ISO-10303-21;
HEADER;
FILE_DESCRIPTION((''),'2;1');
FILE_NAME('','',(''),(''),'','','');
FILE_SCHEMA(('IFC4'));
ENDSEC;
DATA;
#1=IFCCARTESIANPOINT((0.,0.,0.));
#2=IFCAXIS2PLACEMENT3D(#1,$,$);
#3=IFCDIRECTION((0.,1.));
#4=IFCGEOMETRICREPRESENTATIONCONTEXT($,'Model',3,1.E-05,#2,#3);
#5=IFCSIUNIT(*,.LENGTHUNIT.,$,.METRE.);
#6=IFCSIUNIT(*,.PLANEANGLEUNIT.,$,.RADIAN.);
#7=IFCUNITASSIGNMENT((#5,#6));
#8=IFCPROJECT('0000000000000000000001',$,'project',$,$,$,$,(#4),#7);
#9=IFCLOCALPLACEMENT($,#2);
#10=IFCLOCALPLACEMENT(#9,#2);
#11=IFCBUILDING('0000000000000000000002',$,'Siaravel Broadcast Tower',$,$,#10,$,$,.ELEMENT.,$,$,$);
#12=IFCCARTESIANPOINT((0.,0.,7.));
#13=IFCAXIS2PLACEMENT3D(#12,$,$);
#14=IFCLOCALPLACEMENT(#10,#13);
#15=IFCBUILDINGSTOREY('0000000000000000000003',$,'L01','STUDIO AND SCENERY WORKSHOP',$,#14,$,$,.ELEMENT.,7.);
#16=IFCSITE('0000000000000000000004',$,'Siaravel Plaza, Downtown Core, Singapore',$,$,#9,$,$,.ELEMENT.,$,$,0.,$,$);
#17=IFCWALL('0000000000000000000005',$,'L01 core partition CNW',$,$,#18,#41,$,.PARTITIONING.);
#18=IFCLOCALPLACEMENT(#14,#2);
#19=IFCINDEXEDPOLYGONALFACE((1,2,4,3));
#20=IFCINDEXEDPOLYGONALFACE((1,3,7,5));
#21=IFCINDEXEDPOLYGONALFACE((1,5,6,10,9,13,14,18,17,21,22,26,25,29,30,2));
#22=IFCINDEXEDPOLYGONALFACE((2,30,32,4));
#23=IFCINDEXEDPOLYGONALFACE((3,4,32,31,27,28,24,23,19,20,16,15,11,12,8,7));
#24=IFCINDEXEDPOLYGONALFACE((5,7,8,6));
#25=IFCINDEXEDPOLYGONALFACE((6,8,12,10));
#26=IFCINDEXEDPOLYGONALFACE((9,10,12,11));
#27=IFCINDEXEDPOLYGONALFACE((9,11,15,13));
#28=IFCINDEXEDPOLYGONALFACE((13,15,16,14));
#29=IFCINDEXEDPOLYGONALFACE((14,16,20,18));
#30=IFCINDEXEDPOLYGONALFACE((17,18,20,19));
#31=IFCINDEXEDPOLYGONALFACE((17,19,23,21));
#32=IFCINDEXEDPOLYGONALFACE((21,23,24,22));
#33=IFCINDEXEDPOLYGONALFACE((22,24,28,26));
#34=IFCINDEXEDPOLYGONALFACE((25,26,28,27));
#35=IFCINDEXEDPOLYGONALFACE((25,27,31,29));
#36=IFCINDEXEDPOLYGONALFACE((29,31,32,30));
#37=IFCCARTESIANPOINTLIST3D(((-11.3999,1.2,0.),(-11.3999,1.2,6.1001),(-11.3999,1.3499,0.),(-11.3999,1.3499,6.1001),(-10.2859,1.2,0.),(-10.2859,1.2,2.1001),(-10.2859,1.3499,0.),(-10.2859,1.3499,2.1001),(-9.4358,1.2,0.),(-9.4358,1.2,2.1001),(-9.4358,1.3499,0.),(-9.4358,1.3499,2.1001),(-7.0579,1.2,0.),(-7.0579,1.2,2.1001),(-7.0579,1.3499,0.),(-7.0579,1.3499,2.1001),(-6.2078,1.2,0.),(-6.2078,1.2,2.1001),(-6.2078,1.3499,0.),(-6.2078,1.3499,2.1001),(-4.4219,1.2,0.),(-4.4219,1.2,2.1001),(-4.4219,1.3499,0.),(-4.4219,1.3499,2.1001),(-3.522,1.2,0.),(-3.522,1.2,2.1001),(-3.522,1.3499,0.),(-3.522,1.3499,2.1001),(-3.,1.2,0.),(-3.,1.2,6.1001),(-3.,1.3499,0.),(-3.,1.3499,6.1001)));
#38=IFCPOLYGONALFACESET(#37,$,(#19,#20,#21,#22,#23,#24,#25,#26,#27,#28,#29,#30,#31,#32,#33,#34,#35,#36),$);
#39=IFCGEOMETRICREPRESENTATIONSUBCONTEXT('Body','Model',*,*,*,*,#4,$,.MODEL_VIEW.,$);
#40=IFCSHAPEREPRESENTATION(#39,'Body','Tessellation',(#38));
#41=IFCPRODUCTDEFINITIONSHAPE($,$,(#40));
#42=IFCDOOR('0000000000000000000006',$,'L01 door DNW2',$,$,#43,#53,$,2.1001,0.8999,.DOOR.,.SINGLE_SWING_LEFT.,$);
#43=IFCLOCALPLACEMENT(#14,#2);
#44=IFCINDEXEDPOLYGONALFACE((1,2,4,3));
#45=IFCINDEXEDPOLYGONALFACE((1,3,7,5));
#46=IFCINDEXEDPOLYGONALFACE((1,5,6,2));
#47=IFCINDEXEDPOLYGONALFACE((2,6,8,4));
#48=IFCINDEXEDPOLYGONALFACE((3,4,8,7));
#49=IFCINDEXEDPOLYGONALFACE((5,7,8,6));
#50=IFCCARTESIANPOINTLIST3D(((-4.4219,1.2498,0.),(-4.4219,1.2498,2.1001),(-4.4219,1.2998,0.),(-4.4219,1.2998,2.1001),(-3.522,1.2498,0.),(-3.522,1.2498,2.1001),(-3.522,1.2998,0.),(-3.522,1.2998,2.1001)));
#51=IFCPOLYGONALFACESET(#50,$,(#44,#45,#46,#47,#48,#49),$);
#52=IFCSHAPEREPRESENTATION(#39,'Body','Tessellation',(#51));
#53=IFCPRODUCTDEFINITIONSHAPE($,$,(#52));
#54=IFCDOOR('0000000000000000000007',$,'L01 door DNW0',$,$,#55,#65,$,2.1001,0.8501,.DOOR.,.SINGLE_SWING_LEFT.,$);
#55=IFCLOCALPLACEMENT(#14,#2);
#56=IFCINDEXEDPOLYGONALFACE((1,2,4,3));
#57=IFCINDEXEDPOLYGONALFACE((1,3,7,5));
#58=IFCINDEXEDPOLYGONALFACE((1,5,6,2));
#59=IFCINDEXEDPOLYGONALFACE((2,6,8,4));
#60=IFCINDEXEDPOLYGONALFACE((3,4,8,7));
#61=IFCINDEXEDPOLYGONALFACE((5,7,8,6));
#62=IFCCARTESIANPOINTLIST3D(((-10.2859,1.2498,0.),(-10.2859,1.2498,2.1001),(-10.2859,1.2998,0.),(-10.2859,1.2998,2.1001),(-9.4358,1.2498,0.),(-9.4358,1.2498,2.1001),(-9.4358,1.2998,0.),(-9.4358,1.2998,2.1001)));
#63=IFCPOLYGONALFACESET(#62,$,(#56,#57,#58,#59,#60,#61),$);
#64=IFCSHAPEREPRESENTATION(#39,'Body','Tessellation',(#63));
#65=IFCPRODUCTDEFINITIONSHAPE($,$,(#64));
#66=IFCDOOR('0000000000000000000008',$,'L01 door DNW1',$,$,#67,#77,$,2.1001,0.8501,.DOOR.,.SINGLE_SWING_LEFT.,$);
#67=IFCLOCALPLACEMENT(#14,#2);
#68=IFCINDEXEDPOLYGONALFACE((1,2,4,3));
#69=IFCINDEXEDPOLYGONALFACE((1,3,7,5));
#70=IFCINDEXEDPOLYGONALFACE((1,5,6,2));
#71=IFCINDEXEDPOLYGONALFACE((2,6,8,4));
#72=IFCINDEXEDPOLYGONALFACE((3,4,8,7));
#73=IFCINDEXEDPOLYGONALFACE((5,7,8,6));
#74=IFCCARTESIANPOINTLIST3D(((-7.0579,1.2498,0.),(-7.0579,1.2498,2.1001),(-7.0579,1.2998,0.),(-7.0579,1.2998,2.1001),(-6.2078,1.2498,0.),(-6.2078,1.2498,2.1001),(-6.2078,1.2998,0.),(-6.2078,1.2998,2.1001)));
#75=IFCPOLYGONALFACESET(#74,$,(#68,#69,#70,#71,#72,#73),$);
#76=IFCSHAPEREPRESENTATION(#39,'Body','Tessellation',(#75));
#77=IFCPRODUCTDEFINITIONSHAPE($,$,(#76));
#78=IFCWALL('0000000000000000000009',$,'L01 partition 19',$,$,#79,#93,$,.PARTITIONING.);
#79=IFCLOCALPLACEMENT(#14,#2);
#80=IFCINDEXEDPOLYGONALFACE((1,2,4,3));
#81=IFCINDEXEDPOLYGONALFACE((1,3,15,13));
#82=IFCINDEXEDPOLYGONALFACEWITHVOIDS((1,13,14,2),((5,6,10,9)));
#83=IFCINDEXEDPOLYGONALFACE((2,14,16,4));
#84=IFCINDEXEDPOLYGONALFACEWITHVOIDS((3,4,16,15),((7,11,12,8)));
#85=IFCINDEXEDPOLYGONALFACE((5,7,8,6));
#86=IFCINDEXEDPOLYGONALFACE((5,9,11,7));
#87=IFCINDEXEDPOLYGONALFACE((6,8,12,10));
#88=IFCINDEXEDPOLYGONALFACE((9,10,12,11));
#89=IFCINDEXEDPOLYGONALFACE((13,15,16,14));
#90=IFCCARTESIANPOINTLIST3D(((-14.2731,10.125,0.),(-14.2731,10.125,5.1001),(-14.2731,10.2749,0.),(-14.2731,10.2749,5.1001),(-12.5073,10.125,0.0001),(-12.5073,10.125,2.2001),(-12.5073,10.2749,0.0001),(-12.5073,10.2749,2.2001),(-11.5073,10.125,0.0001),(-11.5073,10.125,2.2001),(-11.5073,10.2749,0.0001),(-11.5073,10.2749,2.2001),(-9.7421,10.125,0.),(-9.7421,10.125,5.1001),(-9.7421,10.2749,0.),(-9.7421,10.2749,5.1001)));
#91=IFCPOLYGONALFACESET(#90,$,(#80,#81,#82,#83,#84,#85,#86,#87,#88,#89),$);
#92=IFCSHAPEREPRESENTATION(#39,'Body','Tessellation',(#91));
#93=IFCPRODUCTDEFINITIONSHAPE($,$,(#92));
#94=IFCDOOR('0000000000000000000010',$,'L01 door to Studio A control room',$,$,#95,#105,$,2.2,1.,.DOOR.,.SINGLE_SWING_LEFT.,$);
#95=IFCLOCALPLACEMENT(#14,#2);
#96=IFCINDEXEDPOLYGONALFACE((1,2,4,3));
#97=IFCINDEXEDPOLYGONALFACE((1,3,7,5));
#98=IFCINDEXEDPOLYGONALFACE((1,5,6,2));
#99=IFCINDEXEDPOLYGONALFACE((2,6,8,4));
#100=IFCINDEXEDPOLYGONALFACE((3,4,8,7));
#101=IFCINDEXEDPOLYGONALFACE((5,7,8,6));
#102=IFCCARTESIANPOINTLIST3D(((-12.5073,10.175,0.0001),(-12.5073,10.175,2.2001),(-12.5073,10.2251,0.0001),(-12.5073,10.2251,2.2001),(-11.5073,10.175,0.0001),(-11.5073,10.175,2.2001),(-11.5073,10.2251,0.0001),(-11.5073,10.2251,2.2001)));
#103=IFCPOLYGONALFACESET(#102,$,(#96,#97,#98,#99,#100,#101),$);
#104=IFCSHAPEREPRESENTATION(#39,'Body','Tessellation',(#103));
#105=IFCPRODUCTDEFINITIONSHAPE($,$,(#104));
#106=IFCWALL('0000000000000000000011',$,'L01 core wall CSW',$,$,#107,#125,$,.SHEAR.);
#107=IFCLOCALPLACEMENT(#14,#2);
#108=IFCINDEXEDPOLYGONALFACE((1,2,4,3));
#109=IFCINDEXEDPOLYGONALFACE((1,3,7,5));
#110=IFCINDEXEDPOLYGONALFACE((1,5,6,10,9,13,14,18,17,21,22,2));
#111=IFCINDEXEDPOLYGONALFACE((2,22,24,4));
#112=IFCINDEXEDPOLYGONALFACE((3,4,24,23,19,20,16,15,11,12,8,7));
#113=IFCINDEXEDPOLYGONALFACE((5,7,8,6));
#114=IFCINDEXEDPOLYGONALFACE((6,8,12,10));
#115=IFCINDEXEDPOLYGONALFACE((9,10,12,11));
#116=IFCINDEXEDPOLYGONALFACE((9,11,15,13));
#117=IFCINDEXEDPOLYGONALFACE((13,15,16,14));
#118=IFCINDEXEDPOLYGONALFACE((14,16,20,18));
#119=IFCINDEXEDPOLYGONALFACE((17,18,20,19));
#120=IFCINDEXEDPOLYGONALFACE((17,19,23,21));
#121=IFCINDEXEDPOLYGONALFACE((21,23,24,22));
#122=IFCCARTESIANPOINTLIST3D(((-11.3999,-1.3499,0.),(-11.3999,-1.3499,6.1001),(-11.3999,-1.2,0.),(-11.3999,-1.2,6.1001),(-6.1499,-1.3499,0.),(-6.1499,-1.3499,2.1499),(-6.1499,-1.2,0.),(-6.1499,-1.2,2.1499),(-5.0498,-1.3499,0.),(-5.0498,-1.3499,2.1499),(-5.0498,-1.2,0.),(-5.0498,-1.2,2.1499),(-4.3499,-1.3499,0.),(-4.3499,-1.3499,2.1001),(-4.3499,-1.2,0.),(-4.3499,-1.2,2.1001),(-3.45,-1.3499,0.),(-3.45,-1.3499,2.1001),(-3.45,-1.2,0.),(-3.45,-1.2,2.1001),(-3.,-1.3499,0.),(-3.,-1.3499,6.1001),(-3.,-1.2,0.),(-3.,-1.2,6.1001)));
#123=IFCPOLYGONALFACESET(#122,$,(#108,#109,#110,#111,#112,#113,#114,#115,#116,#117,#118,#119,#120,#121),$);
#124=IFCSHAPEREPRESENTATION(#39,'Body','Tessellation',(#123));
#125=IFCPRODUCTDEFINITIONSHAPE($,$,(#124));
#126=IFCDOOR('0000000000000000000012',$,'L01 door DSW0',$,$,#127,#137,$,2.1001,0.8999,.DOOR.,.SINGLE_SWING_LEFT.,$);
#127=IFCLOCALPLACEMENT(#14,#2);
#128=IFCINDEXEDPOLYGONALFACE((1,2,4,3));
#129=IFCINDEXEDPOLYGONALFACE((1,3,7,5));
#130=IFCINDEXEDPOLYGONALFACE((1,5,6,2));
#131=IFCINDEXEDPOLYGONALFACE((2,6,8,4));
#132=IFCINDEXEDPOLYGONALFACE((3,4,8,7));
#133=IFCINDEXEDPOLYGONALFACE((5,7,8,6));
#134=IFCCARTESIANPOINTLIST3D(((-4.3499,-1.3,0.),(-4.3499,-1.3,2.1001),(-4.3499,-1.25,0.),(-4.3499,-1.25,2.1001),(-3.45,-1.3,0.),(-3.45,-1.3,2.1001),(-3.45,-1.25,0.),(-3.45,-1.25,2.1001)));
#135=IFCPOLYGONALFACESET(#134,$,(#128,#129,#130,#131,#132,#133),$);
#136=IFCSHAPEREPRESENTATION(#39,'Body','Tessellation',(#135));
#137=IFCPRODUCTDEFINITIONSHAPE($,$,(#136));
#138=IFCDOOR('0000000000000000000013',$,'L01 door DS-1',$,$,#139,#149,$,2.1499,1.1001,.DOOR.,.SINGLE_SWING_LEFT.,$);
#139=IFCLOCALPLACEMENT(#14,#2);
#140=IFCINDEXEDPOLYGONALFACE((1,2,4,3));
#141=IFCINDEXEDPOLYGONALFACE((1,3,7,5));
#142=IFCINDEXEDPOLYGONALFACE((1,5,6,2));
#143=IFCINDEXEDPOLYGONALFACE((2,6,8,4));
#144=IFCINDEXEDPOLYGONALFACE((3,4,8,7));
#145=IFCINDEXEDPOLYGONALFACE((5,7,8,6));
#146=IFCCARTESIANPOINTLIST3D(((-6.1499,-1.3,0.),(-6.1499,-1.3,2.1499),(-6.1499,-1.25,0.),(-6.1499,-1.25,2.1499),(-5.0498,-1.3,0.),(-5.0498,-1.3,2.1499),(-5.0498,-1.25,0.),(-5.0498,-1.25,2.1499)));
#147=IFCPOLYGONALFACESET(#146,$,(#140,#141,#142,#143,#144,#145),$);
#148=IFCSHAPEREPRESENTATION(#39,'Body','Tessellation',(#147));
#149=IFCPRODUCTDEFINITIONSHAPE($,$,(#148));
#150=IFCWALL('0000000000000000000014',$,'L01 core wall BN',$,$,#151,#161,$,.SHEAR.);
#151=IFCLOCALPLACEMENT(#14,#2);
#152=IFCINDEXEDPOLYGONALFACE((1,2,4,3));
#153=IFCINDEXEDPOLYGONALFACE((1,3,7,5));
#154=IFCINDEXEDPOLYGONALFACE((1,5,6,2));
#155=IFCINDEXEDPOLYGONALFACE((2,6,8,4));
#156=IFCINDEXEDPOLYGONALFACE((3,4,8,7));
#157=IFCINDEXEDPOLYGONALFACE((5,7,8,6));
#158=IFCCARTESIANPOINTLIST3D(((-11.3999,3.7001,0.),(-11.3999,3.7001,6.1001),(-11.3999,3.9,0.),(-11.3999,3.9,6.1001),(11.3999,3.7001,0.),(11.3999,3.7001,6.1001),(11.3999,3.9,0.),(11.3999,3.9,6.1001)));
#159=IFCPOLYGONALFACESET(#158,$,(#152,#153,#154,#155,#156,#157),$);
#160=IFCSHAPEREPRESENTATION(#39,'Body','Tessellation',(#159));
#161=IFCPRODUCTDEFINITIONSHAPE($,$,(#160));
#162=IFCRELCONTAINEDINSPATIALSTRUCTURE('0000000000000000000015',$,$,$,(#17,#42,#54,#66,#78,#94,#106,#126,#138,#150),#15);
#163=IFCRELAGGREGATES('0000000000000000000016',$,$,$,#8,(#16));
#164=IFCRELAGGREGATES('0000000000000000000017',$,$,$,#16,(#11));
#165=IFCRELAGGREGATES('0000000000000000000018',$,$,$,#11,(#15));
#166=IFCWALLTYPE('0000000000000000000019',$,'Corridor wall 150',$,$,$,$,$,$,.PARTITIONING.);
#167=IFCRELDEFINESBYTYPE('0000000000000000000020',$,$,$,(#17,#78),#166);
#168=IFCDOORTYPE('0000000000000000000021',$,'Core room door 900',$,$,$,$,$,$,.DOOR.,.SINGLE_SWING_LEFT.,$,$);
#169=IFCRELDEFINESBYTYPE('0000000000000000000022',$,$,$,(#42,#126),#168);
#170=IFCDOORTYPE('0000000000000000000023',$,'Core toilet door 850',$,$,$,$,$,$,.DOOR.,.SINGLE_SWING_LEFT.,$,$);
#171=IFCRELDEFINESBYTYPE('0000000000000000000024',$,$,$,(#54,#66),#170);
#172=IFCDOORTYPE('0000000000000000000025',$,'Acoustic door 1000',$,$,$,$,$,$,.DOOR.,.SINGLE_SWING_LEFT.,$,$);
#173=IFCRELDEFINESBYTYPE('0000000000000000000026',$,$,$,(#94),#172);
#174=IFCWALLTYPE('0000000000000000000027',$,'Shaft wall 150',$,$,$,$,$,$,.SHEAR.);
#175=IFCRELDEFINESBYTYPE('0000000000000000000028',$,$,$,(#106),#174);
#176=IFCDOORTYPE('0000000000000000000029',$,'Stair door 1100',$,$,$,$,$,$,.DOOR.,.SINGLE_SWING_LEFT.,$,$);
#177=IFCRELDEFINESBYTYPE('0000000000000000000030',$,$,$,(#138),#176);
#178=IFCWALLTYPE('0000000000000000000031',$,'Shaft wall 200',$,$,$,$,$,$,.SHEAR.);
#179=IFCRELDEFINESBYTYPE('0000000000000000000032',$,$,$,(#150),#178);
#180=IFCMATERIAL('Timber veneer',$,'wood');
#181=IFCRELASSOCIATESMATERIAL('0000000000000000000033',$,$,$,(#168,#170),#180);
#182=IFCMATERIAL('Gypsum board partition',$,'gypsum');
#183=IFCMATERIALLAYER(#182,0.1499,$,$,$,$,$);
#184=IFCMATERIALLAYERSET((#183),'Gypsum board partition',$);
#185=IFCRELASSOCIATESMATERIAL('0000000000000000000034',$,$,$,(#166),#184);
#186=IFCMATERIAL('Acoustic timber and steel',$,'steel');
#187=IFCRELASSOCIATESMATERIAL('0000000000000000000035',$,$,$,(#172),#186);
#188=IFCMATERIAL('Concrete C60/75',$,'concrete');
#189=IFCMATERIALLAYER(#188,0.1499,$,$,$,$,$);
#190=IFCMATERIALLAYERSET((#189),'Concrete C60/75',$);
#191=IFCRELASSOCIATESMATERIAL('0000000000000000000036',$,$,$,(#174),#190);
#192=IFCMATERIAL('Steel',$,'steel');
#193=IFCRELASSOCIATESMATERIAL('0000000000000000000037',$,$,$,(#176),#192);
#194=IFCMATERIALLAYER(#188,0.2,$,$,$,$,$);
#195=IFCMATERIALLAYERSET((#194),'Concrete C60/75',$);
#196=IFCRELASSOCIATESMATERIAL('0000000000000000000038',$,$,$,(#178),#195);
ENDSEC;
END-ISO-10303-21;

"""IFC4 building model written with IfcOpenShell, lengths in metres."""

from ifc_helpers import new_model, si_unit, direction, frame, frame_2d, origin, place, context, subcontext, project, spatial, rectangle, extrude, material, layer, layer_set, type_object, element, fill, save


model = new_model("IFC4")

# Units and contexts
model_context = context("Model", 3, precision=1e-05, world=origin(), true_north=direction((0.0, 1.0)))
body_context = subcontext(model_context, "Body", "Model", "MODEL_VIEW")
ifc_project = project(units=[si_unit("LENGTHUNIT", "METRE"), si_unit("PLANEANGLEUNIT", "RADIAN")], contexts=[model_context])

# Site, building, storey
site_placement = place(None, origin())
site = spatial("IfcSite", under=ifc_project, at=site_placement, Name="Siaravel Plaza, Downtown Core, Singapore", CompositionType="ELEMENT", RefElevation=0.0)
building_placement = place(site_placement, origin())
building = spatial("IfcBuilding", under=site, at=building_placement, Name="Siaravel Broadcast Tower", CompositionType="ELEMENT")
storey_placement = place(building_placement, frame((0.0, 0.0, 7.0)))
storey = spatial("IfcBuildingStorey", under=building, at=storey_placement, Name="L01", Description="STUDIO AND SCENERY WORKSHOP", CompositionType="ELEMENT", Elevation=7.0)

# Wall, openings, doors
ifc_material_1 = material(Name="Concrete C60/75", Category="concrete")
ifc_material_2 = material(Name="Timber veneer", Category="wood")
door_type_1 = type_object("IfcDoorType", Name="Core room door 900", OperationType="SINGLE_SWING_LEFT", PredefinedType="DOOR", material=ifc_material_2)
ifc_material_3 = material(Name="Steel", Category="steel")
ifc_material_4 = material(Name="Gypsum board partition", Category="gypsum")
ifc_layer_1 = layer(ifc_material_4, 0.1499)
ifc_layer_set_1 = layer_set([ifc_layer_1], Name="Gypsum board partition")
wall_type_1 = type_object("IfcWallType", Name="Corridor wall 150", PredefinedType="PARTITIONING", material=ifc_layer_set_1)
wall_1_placement = place(storey_placement, frame((-11.3999, 1.2749, 0.0), z_axis=(0.0, 0.0, 1.0), x_axis=(1.0, 0.0, 0.0)))
wall_1 = element("IfcWall", 1, at=wall_1_placement, inside=storey, type_object=wall_type_1, Name="L01 core partition CNW", PredefinedType="PARTITIONING", context=body_context, shape_type="SweptSolid", body=[
    extrude(rectangle(XDim=8.3999, YDim=0.1499, at=frame_2d((4.2, 0.0))), origin(), (0.0, 0.0, 1.0), 6.1001),
])
opening_1_placement = place(wall_1_placement, frame((1.114, 0.0, 0.0)))
opening_1 = element("IfcOpeningElement", 2, at=opening_1_placement, cuts=wall_1, PredefinedType="OPENING", context=body_context, shape_type="SweptSolid", body=[
    extrude(rectangle(XDim=0.8501, YDim=2.1001, at=frame_2d((0.425, 1.05))), frame((0.0, 0.085, 0.0), z_axis=(0.0, -1.0, 0.0), x_axis=(1.0, 0.0, 0.0)), (0.0, 0.0, 1.0), 0.1699),
])
opening_2_placement = place(wall_1_placement, frame((4.342, 0.0, 0.0)))
opening_2 = element("IfcOpeningElement", 3, at=opening_2_placement, cuts=wall_1, PredefinedType="OPENING", context=body_context, shape_type="SweptSolid", body=[
    extrude(rectangle(XDim=0.8501, YDim=2.1001, at=frame_2d((0.425, 1.05))), frame((0.0, 0.085, 0.0), z_axis=(0.0, -1.0, 0.0), x_axis=(1.0, 0.0, 0.0)), (0.0, 0.0, 1.0), 0.1699),
])
opening_3_placement = place(wall_1_placement, frame((6.978, 0.0, 0.0)))
opening_3 = element("IfcOpeningElement", 4, at=opening_3_placement, cuts=wall_1, PredefinedType="OPENING", context=body_context, shape_type="SweptSolid", body=[
    extrude(rectangle(XDim=0.8999, YDim=2.1001, at=frame_2d((0.45, 1.05))), frame((0.0, 0.085, 0.0), z_axis=(0.0, -1.0, 0.0), x_axis=(1.0, 0.0, 0.0)), (0.0, 0.0, 1.0), 0.1699),
])
door_1_placement = place(opening_3_placement, origin())
door_1 = element("IfcDoor", 5, at=door_1_placement, inside=storey, type_object=door_type_1, Name="L01 door DNW2", OperationType="SINGLE_SWING_LEFT", OverallHeight=2.1001, OverallWidth=0.8999, PredefinedType="DOOR", context=body_context, shape_type="SweptSolid", body=[
    extrude(rectangle(XDim=0.8999, YDim=2.1001, at=frame_2d((0.45, 1.05))), frame((0.0, 0.0249, 0.0), z_axis=(0.0, -1.0, 0.0), x_axis=(1.0, 0.0, 0.0)), (0.0, 0.0, 1.0), 0.05),
])
fill(opening_3, door_1)
door_type_2 = type_object("IfcDoorType", Name="Core toilet door 850", OperationType="SINGLE_SWING_LEFT", PredefinedType="DOOR", material=ifc_material_2)
door_2_placement = place(opening_1_placement, origin())
door_2 = element("IfcDoor", 6, at=door_2_placement, inside=storey, type_object=door_type_2, Name="L01 door DNW0", OperationType="SINGLE_SWING_LEFT", OverallHeight=2.1001, OverallWidth=0.8501, PredefinedType="DOOR", context=body_context, shape_type="SweptSolid", body=[
    extrude(rectangle(XDim=0.8501, YDim=2.1001, at=frame_2d((0.425, 1.05))), frame((0.0, 0.0249, 0.0), z_axis=(0.0, -1.0, 0.0), x_axis=(1.0, 0.0, 0.0)), (0.0, 0.0, 1.0), 0.05),
])
fill(opening_1, door_2)
door_3_placement = place(opening_2_placement, origin())
door_3 = element("IfcDoor", 7, at=door_3_placement, inside=storey, type_object=door_type_2, Name="L01 door DNW1", OperationType="SINGLE_SWING_LEFT", OverallHeight=2.1001, OverallWidth=0.8501, PredefinedType="DOOR", context=body_context, shape_type="SweptSolid", body=[
    extrude(rectangle(XDim=0.8501, YDim=2.1001, at=frame_2d((0.425, 1.05))), frame((0.0, 0.0249, 0.0), z_axis=(0.0, -1.0, 0.0), x_axis=(1.0, 0.0, 0.0)), (0.0, 0.0, 1.0), 0.05),
])
fill(opening_2, door_3)

# Wall, opening, door
wall_2_placement = place(storey_placement, frame((-9.7419, 10.2, 0.0), z_axis=(0.0, 0.0, 1.0), x_axis=(-1.0, 0.0, 0.0)))
wall_2 = element("IfcWall", 8, at=wall_2_placement, inside=storey, type_object=wall_type_1, Name="L01 partition 19", PredefinedType="PARTITIONING", context=body_context, shape_type="SweptSolid", body=[
    extrude(rectangle(XDim=4.531, YDim=0.1499, at=frame_2d((2.2656, 0.0))), origin(), (0.0, 0.0, 1.0), 5.1001),
])
opening_4_placement = place(wall_2_placement, frame((1.7654, 0.0, 0.0)))
opening_4 = element("IfcOpeningElement", 9, at=opening_4_placement, cuts=wall_2, PredefinedType="OPENING", context=body_context, shape_type="SweptSolid", body=[
    extrude(rectangle(XDim=1.0, YDim=2.2, at=frame_2d((0.5, 1.1001))), frame((0.0, 0.085, 0.0), z_axis=(0.0, -1.0, 0.0), x_axis=(1.0, 0.0, 0.0)), (0.0, 0.0, 1.0), 0.1699),
])
ifc_material_5 = material(Name="Acoustic timber and steel", Category="steel")
door_type_3 = type_object("IfcDoorType", Name="Acoustic door 1000", OperationType="SINGLE_SWING_LEFT", PredefinedType="DOOR", material=ifc_material_5)
door_4_placement = place(opening_4_placement, origin())
door_4 = element("IfcDoor", 10, at=door_4_placement, inside=storey, type_object=door_type_3, Name="L01 door to Studio A control room", OperationType="SINGLE_SWING_LEFT", OverallHeight=2.2, OverallWidth=1.0, PredefinedType="DOOR", context=body_context, shape_type="SweptSolid", body=[
    extrude(rectangle(XDim=1.0, YDim=2.2, at=frame_2d((0.5, 1.1001))), frame((0.0, 0.0249, 0.0), z_axis=(0.0, -1.0, 0.0), x_axis=(1.0, 0.0, 0.0)), (0.0, 0.0, 1.0), 0.05),
])
fill(opening_4, door_4)

# Wall, openings, doors
ifc_layer_2 = layer(ifc_material_1, 0.1499)
ifc_layer_set_2 = layer_set([ifc_layer_2], Name="Concrete C60/75")
wall_type_2 = type_object("IfcWallType", Name="Shaft wall 150", PredefinedType="SHEAR", material=ifc_layer_set_2)
wall_3_placement = place(storey_placement, frame((-11.3999, -1.2749, 0.0), z_axis=(0.0, 0.0, 1.0), x_axis=(1.0, 0.0, 0.0)))
wall_3 = element("IfcWall", 11, at=wall_3_placement, inside=storey, type_object=wall_type_2, Name="L01 core wall CSW", PredefinedType="SHEAR", context=body_context, shape_type="SweptSolid", body=[
    extrude(rectangle(XDim=8.3999, YDim=0.1499, at=frame_2d((4.2, 0.0))), origin(), (0.0, 0.0, 1.0), 6.1001),
])
opening_5_placement = place(wall_3_placement, frame((5.25, 0.0, 0.0)))
opening_5 = element("IfcOpeningElement", 12, at=opening_5_placement, cuts=wall_3, PredefinedType="OPENING", context=body_context, shape_type="SweptSolid", body=[
    extrude(rectangle(XDim=1.1001, YDim=2.1499, at=frame_2d((0.55, 1.075))), frame((0.0, 0.085, 0.0), z_axis=(0.0, -1.0, 0.0), x_axis=(1.0, 0.0, 0.0)), (0.0, 0.0, 1.0), 0.1699),
])
opening_6_placement = place(wall_3_placement, frame((7.05, 0.0, 0.0)))
opening_6 = element("IfcOpeningElement", 13, at=opening_6_placement, cuts=wall_3, PredefinedType="OPENING", context=body_context, shape_type="SweptSolid", body=[
    extrude(rectangle(XDim=0.8999, YDim=2.1001, at=frame_2d((0.45, 1.05))), frame((0.0, 0.085, 0.0), z_axis=(0.0, -1.0, 0.0), x_axis=(1.0, 0.0, 0.0)), (0.0, 0.0, 1.0), 0.1699),
])
door_5_placement = place(opening_6_placement, origin())
door_5 = element("IfcDoor", 14, at=door_5_placement, inside=storey, type_object=door_type_1, Name="L01 door DSW0", OperationType="SINGLE_SWING_LEFT", OverallHeight=2.1001, OverallWidth=0.8999, PredefinedType="DOOR", context=body_context, shape_type="SweptSolid", body=[
    extrude(rectangle(XDim=0.8999, YDim=2.1001, at=frame_2d((0.45, 1.05))), frame((0.0, 0.0249, 0.0), z_axis=(0.0, -1.0, 0.0), x_axis=(1.0, 0.0, 0.0)), (0.0, 0.0, 1.0), 0.05),
])
fill(opening_6, door_5)
door_type_4 = type_object("IfcDoorType", Name="Stair door 1100", OperationType="SINGLE_SWING_LEFT", PredefinedType="DOOR", material=ifc_material_3)
door_6_placement = place(opening_5_placement, origin())
door_6 = element("IfcDoor", 15, at=door_6_placement, inside=storey, type_object=door_type_4, Name="L01 door DS-1", OperationType="SINGLE_SWING_LEFT", OverallHeight=2.1499, OverallWidth=1.1001, PredefinedType="DOOR", context=body_context, shape_type="SweptSolid", body=[
    extrude(rectangle(XDim=1.1001, YDim=2.1499, at=frame_2d((0.55, 1.075))), frame((0.0, 0.0249, 0.0), z_axis=(0.0, -1.0, 0.0), x_axis=(1.0, 0.0, 0.0)), (0.0, 0.0, 1.0), 0.05),
])
fill(opening_5, door_6)

# Wall
ifc_layer_3 = layer(ifc_material_1, 0.2)
ifc_layer_set_3 = layer_set([ifc_layer_3], Name="Concrete C60/75")
wall_type_3 = type_object("IfcWallType", Name="Shaft wall 200", PredefinedType="SHEAR", material=ifc_layer_set_3)
wall_4_placement = place(storey_placement, frame((-11.3999, 3.8, 0.0), z_axis=(0.0, 0.0, 1.0), x_axis=(1.0, 0.0, 0.0)))
element("IfcWall", 16, at=wall_4_placement, inside=storey, type_object=wall_type_3, Name="L01 core wall BN", PredefinedType="SHEAR", context=body_context, shape_type="SweptSolid", body=[
    extrude(rectangle(XDim=22.7998, YDim=0.2, at=frame_2d((11.3999, 0.0))), origin(), (0.0, 0.0, 1.0), 6.1001),
])

save(model, "model.ifc")
